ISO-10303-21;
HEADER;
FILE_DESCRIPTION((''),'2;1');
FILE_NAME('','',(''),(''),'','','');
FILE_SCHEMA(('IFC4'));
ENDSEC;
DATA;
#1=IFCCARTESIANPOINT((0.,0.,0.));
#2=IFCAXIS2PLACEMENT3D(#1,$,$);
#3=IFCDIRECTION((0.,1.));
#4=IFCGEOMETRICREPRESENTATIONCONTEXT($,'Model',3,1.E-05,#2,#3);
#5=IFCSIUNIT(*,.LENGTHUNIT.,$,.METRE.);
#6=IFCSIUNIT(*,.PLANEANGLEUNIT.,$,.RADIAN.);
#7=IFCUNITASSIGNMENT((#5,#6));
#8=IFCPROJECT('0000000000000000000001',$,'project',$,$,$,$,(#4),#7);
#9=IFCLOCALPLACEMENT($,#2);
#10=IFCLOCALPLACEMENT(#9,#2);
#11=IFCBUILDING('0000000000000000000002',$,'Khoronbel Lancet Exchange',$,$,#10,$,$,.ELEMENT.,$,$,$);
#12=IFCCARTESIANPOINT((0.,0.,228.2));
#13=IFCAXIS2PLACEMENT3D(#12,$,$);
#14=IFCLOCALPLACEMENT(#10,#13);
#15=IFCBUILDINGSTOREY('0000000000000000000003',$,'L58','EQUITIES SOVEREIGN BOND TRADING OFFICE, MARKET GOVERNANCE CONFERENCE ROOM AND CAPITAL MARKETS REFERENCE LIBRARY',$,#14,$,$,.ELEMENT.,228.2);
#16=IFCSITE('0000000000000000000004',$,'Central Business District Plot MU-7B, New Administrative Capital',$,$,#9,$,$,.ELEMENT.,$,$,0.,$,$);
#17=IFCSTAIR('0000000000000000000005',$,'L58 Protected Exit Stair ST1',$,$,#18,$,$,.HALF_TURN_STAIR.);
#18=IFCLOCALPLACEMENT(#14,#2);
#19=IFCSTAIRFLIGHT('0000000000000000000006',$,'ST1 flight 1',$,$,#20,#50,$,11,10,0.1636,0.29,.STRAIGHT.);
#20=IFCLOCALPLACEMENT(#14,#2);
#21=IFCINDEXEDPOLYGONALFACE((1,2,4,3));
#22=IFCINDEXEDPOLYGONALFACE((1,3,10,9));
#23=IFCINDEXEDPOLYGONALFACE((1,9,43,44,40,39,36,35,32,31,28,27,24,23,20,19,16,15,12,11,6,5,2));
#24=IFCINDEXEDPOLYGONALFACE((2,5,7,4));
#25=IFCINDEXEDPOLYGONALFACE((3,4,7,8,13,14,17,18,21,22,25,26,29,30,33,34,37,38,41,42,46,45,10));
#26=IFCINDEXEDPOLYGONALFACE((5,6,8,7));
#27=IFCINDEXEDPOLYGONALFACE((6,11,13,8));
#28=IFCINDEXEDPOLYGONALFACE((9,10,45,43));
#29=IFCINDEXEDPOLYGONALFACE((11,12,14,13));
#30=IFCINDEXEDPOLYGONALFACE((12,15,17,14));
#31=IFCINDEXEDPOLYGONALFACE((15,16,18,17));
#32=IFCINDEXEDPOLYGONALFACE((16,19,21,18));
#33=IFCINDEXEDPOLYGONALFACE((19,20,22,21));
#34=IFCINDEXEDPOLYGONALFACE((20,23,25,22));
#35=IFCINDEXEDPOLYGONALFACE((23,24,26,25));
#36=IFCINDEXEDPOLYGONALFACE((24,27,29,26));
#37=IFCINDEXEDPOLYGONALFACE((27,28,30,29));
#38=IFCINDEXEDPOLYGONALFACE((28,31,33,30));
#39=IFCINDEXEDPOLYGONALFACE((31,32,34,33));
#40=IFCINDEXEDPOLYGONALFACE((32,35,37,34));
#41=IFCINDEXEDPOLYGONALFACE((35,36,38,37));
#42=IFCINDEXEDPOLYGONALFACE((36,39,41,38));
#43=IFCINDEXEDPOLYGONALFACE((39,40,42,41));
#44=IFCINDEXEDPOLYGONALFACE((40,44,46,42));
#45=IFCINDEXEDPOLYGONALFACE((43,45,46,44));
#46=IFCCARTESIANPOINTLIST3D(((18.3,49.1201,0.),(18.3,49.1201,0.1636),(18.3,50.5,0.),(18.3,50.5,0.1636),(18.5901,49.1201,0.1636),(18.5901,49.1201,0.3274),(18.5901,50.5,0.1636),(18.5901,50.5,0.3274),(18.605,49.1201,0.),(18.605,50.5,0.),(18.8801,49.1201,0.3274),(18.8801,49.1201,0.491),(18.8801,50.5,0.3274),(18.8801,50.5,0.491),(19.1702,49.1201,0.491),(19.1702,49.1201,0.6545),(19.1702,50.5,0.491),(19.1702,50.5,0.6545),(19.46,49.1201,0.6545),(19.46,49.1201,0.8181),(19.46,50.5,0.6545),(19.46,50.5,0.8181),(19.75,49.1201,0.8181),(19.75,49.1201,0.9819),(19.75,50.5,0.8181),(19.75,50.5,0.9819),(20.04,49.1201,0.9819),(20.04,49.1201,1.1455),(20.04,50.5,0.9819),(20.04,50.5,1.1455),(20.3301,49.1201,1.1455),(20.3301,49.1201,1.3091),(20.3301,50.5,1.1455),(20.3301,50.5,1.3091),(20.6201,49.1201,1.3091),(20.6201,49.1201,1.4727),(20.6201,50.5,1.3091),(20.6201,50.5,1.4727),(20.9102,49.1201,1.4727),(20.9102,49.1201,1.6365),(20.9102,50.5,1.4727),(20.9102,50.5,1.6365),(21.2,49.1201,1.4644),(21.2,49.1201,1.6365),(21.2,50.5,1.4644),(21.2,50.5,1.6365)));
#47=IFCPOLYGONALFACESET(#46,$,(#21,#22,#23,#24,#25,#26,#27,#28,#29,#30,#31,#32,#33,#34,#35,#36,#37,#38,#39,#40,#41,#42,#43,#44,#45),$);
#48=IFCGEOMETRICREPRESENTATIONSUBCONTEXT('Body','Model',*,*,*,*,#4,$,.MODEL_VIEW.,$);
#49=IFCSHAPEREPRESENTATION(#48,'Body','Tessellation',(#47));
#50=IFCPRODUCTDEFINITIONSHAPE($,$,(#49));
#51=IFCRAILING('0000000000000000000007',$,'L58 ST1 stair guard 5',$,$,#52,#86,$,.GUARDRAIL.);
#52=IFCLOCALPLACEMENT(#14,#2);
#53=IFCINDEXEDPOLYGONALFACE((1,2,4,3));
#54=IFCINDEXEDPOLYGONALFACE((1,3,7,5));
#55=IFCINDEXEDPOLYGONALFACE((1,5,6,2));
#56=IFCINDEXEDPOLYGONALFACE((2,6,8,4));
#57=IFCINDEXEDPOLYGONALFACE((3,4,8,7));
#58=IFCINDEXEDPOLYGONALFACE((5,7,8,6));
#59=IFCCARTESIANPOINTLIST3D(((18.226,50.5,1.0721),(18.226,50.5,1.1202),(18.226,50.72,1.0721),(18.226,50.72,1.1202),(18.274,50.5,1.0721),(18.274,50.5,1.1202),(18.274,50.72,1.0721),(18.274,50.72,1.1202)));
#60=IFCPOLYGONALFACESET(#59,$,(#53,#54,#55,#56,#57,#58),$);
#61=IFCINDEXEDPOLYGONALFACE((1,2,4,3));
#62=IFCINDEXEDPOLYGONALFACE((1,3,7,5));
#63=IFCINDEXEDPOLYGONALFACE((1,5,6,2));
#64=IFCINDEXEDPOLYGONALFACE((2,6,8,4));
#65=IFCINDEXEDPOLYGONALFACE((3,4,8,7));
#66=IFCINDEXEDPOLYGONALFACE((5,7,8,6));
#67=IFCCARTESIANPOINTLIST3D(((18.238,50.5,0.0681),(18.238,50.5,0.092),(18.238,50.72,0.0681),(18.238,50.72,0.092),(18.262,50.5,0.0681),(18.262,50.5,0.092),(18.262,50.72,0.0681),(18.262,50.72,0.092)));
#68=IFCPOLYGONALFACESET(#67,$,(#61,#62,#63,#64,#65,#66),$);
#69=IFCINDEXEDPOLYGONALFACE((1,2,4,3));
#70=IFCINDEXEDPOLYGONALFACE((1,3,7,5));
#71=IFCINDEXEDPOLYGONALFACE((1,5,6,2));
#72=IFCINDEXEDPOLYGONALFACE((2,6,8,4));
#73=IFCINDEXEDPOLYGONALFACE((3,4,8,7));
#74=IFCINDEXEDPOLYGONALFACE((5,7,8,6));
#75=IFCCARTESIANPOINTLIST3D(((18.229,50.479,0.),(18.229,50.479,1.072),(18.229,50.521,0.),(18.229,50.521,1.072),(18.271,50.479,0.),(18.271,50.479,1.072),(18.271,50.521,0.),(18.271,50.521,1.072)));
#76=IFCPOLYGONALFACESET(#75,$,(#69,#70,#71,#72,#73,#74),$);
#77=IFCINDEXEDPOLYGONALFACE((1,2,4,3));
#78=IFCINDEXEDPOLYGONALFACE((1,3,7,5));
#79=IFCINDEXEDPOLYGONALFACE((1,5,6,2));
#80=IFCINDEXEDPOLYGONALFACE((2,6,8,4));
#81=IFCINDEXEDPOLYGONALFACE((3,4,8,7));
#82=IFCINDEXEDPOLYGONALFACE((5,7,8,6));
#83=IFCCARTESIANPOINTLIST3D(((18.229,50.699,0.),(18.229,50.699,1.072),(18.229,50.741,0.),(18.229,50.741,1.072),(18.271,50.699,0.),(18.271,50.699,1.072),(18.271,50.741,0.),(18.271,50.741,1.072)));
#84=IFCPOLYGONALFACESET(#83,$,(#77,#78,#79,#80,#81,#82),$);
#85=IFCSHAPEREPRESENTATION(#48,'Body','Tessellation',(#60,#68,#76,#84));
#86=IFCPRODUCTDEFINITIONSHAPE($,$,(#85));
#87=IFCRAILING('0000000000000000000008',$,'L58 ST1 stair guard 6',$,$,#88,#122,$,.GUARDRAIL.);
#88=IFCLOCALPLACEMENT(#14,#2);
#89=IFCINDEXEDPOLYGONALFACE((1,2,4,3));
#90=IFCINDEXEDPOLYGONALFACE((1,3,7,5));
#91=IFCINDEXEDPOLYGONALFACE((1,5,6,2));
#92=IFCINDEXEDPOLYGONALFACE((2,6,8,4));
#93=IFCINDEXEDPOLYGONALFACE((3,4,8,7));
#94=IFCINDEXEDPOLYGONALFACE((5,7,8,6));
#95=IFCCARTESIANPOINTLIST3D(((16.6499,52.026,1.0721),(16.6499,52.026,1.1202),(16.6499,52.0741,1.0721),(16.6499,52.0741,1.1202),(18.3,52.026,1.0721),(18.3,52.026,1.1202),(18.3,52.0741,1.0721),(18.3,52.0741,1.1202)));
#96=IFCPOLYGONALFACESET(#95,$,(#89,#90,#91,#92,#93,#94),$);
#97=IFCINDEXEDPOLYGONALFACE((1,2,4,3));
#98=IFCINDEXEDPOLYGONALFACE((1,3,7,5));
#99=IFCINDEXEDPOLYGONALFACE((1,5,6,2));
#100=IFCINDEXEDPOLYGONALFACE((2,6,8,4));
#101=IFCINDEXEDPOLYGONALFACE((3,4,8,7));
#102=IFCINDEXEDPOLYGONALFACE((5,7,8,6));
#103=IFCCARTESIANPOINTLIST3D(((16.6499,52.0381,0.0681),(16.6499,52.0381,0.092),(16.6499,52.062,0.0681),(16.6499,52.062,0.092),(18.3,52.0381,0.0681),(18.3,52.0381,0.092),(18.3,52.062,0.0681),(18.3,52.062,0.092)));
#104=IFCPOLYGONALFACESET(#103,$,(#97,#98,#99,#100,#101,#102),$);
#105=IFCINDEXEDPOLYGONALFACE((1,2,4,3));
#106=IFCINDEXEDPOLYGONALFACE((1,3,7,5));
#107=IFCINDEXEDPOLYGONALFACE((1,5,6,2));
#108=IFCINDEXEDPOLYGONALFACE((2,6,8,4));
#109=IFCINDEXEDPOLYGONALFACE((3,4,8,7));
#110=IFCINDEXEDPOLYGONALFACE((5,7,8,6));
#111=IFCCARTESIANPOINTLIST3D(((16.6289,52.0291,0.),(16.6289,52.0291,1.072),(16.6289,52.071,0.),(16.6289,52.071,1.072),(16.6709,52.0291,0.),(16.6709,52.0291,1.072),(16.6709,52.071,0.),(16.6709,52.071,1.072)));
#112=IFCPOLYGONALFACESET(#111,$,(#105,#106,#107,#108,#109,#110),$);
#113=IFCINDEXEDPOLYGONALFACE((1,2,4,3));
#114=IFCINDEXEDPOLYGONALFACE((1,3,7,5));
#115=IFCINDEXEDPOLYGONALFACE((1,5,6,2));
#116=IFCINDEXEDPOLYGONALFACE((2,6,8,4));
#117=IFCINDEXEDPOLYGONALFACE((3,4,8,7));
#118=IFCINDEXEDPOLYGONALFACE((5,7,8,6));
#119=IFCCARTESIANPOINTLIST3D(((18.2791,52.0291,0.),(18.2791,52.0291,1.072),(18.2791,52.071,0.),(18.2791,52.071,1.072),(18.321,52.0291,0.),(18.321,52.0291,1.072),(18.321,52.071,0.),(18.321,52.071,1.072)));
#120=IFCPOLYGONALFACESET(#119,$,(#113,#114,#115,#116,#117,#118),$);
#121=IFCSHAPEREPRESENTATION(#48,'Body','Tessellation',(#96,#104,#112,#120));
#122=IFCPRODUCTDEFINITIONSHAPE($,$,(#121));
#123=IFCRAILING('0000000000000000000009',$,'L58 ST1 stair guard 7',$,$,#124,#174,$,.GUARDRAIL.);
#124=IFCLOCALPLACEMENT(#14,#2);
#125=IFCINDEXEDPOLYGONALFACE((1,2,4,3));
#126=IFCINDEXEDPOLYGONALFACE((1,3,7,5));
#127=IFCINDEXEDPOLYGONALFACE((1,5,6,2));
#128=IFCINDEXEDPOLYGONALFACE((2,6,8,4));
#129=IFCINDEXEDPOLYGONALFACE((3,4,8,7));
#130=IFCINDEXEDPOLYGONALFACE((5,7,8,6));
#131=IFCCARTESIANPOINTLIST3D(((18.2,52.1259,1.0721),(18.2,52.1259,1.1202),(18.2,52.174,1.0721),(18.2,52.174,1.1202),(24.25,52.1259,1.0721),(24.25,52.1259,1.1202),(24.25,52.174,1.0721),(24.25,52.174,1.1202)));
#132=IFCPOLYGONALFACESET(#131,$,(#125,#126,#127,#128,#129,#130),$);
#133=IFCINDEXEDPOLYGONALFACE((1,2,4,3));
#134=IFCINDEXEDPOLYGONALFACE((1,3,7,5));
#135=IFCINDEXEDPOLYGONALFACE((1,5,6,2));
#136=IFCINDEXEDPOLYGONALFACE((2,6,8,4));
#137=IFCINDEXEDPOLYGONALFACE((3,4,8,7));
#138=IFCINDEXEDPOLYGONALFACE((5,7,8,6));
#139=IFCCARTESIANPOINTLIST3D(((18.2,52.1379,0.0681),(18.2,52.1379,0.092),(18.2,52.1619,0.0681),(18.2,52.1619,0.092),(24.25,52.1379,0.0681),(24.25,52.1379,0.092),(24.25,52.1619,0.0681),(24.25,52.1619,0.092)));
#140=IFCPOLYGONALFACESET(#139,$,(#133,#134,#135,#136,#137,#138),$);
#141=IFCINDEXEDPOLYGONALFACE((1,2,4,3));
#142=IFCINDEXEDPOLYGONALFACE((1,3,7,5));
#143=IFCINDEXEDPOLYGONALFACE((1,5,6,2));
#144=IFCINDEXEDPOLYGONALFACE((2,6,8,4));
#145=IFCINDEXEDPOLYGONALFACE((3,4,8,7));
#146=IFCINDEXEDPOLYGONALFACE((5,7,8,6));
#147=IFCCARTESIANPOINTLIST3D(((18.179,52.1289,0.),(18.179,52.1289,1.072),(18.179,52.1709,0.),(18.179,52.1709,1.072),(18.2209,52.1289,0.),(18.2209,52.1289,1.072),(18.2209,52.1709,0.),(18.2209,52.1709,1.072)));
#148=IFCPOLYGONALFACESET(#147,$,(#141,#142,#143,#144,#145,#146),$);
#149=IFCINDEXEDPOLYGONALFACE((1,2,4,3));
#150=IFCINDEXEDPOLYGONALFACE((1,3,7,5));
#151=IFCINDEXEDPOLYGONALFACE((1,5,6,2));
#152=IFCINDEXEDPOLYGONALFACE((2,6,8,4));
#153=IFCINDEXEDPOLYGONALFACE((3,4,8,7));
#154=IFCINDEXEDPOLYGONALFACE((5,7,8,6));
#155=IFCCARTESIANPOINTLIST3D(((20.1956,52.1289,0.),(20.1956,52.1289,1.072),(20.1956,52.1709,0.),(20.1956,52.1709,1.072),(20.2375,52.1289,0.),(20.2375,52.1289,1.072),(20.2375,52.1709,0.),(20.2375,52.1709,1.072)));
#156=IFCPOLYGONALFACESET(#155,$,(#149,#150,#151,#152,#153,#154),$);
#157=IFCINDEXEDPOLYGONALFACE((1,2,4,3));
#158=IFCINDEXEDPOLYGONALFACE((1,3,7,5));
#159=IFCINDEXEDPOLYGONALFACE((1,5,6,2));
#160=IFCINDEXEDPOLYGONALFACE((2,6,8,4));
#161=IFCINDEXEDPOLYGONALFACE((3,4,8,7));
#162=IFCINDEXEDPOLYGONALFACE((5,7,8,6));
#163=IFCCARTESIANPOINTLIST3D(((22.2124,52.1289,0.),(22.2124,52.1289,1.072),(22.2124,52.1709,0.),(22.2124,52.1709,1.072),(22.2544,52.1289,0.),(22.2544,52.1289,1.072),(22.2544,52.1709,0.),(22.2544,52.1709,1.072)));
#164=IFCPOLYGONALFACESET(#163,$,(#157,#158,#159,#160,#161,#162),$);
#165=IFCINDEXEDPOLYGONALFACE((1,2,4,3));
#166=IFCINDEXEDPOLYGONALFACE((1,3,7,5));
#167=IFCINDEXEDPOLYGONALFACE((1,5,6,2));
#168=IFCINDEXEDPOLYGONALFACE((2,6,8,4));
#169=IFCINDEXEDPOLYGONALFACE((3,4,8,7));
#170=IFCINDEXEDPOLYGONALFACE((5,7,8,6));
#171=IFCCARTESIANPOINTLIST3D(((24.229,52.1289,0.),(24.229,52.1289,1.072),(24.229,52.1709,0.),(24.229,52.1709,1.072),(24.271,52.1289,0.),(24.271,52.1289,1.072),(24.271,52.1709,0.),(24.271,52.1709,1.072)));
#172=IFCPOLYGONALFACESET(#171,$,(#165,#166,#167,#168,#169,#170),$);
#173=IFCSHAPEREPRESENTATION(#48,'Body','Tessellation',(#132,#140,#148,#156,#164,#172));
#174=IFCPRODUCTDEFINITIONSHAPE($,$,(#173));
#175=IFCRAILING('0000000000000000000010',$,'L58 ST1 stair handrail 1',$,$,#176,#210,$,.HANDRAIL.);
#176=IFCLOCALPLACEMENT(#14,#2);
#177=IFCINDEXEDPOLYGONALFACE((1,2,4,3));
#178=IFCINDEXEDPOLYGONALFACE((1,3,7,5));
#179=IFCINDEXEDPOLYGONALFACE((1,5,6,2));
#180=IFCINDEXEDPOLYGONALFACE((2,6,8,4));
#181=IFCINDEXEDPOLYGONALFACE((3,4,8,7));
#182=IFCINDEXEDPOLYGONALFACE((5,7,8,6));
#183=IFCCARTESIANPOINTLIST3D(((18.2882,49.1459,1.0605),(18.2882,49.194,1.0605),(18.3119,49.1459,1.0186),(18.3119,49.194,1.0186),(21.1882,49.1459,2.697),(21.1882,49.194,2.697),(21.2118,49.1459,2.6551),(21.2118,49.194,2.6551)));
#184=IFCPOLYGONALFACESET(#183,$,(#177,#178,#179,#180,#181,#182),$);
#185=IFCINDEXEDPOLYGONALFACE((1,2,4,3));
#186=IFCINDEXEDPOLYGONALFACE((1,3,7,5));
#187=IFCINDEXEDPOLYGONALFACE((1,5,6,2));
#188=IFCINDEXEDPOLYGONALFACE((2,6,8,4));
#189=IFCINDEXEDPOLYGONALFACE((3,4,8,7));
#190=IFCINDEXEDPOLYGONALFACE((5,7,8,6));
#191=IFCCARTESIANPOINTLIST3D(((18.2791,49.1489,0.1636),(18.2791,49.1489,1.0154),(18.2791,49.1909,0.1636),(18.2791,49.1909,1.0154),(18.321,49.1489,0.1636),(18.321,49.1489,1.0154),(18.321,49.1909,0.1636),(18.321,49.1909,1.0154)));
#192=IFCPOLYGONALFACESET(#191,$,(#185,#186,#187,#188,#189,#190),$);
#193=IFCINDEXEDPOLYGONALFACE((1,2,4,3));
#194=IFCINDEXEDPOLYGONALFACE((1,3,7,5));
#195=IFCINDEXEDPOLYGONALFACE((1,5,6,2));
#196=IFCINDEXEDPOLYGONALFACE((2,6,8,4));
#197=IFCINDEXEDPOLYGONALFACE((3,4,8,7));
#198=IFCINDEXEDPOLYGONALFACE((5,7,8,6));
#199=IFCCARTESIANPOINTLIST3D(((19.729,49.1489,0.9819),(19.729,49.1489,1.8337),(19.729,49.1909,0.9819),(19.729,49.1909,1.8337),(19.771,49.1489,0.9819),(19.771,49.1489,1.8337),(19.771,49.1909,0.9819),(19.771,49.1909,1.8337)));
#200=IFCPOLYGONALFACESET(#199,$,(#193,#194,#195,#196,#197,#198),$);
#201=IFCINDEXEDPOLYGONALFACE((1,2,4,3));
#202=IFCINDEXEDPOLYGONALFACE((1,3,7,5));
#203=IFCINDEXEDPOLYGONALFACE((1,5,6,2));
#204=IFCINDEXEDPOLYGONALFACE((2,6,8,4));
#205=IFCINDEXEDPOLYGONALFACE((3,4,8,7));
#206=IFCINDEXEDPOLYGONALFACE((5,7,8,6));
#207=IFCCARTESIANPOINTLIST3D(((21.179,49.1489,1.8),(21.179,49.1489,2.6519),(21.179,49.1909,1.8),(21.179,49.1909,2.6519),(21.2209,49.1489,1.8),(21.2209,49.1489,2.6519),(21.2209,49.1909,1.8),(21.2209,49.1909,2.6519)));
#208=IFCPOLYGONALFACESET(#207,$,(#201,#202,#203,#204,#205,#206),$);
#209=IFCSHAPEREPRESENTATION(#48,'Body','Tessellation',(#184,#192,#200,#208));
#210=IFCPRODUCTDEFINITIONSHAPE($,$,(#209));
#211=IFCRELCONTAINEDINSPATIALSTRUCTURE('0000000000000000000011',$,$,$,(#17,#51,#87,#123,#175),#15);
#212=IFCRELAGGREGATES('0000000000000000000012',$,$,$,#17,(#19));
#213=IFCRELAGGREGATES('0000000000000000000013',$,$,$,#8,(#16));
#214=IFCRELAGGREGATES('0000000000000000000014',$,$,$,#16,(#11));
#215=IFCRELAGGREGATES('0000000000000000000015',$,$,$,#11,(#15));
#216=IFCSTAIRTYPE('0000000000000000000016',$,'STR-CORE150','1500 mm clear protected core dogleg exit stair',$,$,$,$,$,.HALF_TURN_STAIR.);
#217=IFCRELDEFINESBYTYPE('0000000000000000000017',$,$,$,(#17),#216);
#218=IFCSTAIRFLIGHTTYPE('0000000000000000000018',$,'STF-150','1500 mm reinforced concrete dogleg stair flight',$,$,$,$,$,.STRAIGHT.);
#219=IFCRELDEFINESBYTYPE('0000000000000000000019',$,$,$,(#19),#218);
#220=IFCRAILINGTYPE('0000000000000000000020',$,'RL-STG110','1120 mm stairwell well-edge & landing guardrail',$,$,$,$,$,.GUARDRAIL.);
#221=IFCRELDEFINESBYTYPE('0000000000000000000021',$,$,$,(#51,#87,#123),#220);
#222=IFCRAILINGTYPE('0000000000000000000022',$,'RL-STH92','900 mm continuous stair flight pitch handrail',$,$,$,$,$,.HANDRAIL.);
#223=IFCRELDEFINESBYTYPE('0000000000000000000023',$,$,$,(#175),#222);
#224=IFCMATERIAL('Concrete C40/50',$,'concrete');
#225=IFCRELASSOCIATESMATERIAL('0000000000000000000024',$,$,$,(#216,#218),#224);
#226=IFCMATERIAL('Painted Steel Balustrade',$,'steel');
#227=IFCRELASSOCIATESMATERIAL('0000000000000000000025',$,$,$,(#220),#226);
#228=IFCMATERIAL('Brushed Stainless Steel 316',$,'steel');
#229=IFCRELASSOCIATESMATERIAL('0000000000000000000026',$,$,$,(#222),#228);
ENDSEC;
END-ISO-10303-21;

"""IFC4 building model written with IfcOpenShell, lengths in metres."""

from ifc_helpers import new_model, si_unit, direction, frame, origin, origin_2d, place, context, subcontext, project, spatial, polyline, rectangle, outline, extrude, material, type_object, element, aggregate, save


model = new_model("IFC4")

# Units and contexts
model_context = context("Model", 3, precision=1e-05, world=origin(), true_north=direction((0.0, 1.0)))
body_context = subcontext(model_context, "Body", "Model", "MODEL_VIEW")
ifc_project = project(units=[si_unit("LENGTHUNIT", "METRE"), si_unit("PLANEANGLEUNIT", "RADIAN")], contexts=[model_context])

# Site, building, storey
site_placement = place(None, origin())
site = spatial("IfcSite", under=ifc_project, at=site_placement, Name="Central Business District Plot MU-7B, New Administrative Capital", CompositionType="ELEMENT", RefElevation=0.0)
building_placement = place(site_placement, origin())
building = spatial("IfcBuilding", under=site, at=building_placement, Name="Khoronbel Lancet Exchange", CompositionType="ELEMENT")
storey_placement = place(building_placement, frame((0.0, 0.0, 228.2)))
storey = spatial("IfcBuildingStorey", under=building, at=storey_placement, Name="L58", Description="EQUITIES SOVEREIGN BOND TRADING OFFICE, MARKET GOVERNANCE CONFERENCE ROOM AND CAPITAL MARKETS REFERENCE LIBRARY", CompositionType="ELEMENT", Elevation=228.2)

# Stair, stair flight
ifc_material_1 = material(Name="Concrete C40/50", Category="concrete")
stair_type = type_object("IfcStairType", Name="STR-CORE150", Description="1500 mm clear protected core dogleg exit stair", PredefinedType="HALF_TURN_STAIR", material=ifc_material_1)
stair_placement = place(storey_placement, origin())
stair = element("IfcStair", 1, at=stair_placement, inside=storey, type_object=stair_type, Name="L58 Protected Exit Stair ST1", PredefinedType="HALF_TURN_STAIR")
stair_flight_type = type_object("IfcStairFlightType", Name="STF-150", Description="1500 mm reinforced concrete dogleg stair flight", PredefinedType="STRAIGHT", material=ifc_material_1)
stair_flight_placement = place(storey_placement, frame((18.3, 49.8101, 0.0), z_axis=(0.0, 0.0, 1.0), x_axis=(1.0, 0.0, 0.0)))
stair_flight = element("IfcStairFlight", 2, at=stair_flight_placement, type_object=stair_flight_type, Name="ST1 flight 1", NumberOfRisers=11, NumberOfTreads=10, PredefinedType="STRAIGHT", RiserHeight=0.1636, TreadLength=0.29, context=body_context, shape_type="SweptSolid", body=[
    extrude(outline(polyline([(0.0, 0.0), (0.0, 0.1636), (0.29, 0.1636), (0.29, 0.3274), (0.5801, 0.3274), (0.5801, 0.491), (0.8701, 0.491), (0.8701, 0.6545), (1.1599, 0.6545), (1.1599, 0.8181), (1.45, 0.8181), (1.45, 0.9819), (1.74, 0.9819), (1.74, 1.1455), (2.03, 1.1455), (2.03, 1.3091), (2.3201, 1.3091), (2.3201, 1.4727), (2.6101, 1.4727), (2.6101, 1.6365), (2.8999, 1.6365), (2.8999, 1.8), (2.8999, 1.4644), (0.3049, 0.0), (0.0, 0.0)])), frame((0.0, 0.6899, 0.0), z_axis=(0.0, -1.0, 0.0), x_axis=(1.0, 0.0, 0.0)), (0.0, 0.0, 1.0), 1.3799),
])
aggregate(stair, [stair_flight])

# Railings
ifc_material_2 = material(Name="Painted Steel Balustrade", Category="steel")
railing_type_1 = type_object("IfcRailingType", Name="RL-STG110", Description="1120 mm stairwell well-edge & landing guardrail", PredefinedType="GUARDRAIL", material=ifc_material_2)
railing_1_placement = place(storey_placement, frame((18.25, 50.5, 0.0)))
element("IfcRailing", 3, at=railing_1_placement, inside=storey, type_object=railing_type_1, Name="L58 ST1 stair guard 5", PredefinedType="GUARDRAIL", context=body_context, shape_type="SweptSolid", body=[
    extrude(rectangle(XDim=0.0481, YDim=0.0481, at=origin_2d()), frame((0.0, 0.0, 1.0962), z_axis=(0.0, 1.0, 0.0), x_axis=(-1.0, 0.0, 0.0)), (0.0, 0.0, 1.0), 0.22),
    extrude(rectangle(XDim=0.0239, YDim=0.0239, at=origin_2d()), frame((0.0, 0.0, 0.0801), z_axis=(0.0, 1.0, 0.0), x_axis=(-1.0, 0.0, 0.0)), (0.0, 0.0, 1.0), 0.22),
    extrude(rectangle(XDim=0.042, YDim=0.042, at=origin_2d()), origin(), (0.0, 0.0, 1.0), 1.072),
    extrude(rectangle(XDim=0.042, YDim=0.042, at=origin_2d()), frame((0.0, 0.22, 0.0)), (0.0, 0.0, 1.0), 1.072),
])
railing_2_placement = place(storey_placement, frame((16.6499, 52.05, 0.0)))
element("IfcRailing", 4, at=railing_2_placement, inside=storey, type_object=railing_type_1, Name="L58 ST1 stair guard 6", PredefinedType="GUARDRAIL", context=body_context, shape_type="SweptSolid", body=[
    extrude(rectangle(XDim=0.0481, YDim=0.0481, at=origin_2d()), frame((0.0, 0.0, 1.0962), z_axis=(1.0, 0.0, 0.0), x_axis=(0.0, 1.0, 0.0)), (0.0, 0.0, 1.0), 1.6501),
    extrude(rectangle(XDim=0.0239, YDim=0.0239, at=origin_2d()), frame((0.0, 0.0, 0.0801), z_axis=(1.0, 0.0, 0.0), x_axis=(0.0, 1.0, 0.0)), (0.0, 0.0, 1.0), 1.6501),
    extrude(rectangle(XDim=0.042, YDim=0.042, at=origin_2d()), origin(), (0.0, 0.0, 1.0), 1.072),
    extrude(rectangle(XDim=0.042, YDim=0.042, at=origin_2d()), frame((1.6501, 0.0, 0.0)), (0.0, 0.0, 1.0), 1.072),
])
railing_3_placement = place(storey_placement, frame((18.2, 52.1499, 0.0)))
element("IfcRailing", 5, at=railing_3_placement, inside=storey, type_object=railing_type_1, Name="L58 ST1 stair guard 7", PredefinedType="GUARDRAIL", context=body_context, shape_type="SweptSolid", body=[
    extrude(rectangle(XDim=0.0481, YDim=0.0481, at=origin_2d()), frame((0.0, 0.0, 1.0962), z_axis=(1.0, 0.0, 0.0), x_axis=(0.0, 1.0, 0.0)), (0.0, 0.0, 1.0), 6.05),
    extrude(rectangle(XDim=0.0239, YDim=0.0239, at=origin_2d()), frame((0.0, 0.0, 0.0801), z_axis=(1.0, 0.0, 0.0), x_axis=(0.0, 1.0, 0.0)), (0.0, 0.0, 1.0), 6.05),
    extrude(rectangle(XDim=0.042, YDim=0.042, at=origin_2d()), origin(), (0.0, 0.0, 1.0), 1.072),
    extrude(rectangle(XDim=0.042, YDim=0.042, at=origin_2d()), frame((2.0166, 0.0, 0.0)), (0.0, 0.0, 1.0), 1.072),
    extrude(rectangle(XDim=0.042, YDim=0.042, at=origin_2d()), frame((4.0334, 0.0, 0.0)), (0.0, 0.0, 1.0), 1.072),
    extrude(rectangle(XDim=0.042, YDim=0.042, at=origin_2d()), frame((6.05, 0.0, 0.0)), (0.0, 0.0, 1.0), 1.072),
])
ifc_material_3 = material(Name="Brushed Stainless Steel 316", Category="steel")
railing_type_2 = type_object("IfcRailingType", Name="RL-STH92", Description="900 mm continuous stair flight pitch handrail", PredefinedType="HANDRAIL", material=ifc_material_3)
railing_4_placement = place(storey_placement, frame((18.3, 49.1699, 0.1636)))
element("IfcRailing", 6, at=railing_4_placement, inside=storey, type_object=railing_type_2, Name="L58 ST1 stair handrail 1", PredefinedType="HANDRAIL", context=body_context, shape_type="SweptSolid", body=[
    extrude(rectangle(XDim=0.0481, YDim=0.0481, at=origin_2d()), frame((0.0, 0.0, 0.876), z_axis=(0.870897, 0.0, 0.491465), x_axis=(0.0, 1.0, 0.0)), (0.0, 0.0, 1.0), 3.3298),
    extrude(rectangle(XDim=0.042, YDim=0.042, at=origin_2d()), origin(), (0.0, 0.0, 1.0), 0.8518),
    extrude(rectangle(XDim=0.042, YDim=0.042, at=origin_2d()), frame((1.45, 0.0, 0.8184)), (0.0, 0.0, 1.0), 0.8518),
    extrude(rectangle(XDim=0.042, YDim=0.042, at=origin_2d()), frame((2.8999, 0.0, 1.6365)), (0.0, 0.0, 1.0), 0.8518),
])

save(model, "model.ifc")
